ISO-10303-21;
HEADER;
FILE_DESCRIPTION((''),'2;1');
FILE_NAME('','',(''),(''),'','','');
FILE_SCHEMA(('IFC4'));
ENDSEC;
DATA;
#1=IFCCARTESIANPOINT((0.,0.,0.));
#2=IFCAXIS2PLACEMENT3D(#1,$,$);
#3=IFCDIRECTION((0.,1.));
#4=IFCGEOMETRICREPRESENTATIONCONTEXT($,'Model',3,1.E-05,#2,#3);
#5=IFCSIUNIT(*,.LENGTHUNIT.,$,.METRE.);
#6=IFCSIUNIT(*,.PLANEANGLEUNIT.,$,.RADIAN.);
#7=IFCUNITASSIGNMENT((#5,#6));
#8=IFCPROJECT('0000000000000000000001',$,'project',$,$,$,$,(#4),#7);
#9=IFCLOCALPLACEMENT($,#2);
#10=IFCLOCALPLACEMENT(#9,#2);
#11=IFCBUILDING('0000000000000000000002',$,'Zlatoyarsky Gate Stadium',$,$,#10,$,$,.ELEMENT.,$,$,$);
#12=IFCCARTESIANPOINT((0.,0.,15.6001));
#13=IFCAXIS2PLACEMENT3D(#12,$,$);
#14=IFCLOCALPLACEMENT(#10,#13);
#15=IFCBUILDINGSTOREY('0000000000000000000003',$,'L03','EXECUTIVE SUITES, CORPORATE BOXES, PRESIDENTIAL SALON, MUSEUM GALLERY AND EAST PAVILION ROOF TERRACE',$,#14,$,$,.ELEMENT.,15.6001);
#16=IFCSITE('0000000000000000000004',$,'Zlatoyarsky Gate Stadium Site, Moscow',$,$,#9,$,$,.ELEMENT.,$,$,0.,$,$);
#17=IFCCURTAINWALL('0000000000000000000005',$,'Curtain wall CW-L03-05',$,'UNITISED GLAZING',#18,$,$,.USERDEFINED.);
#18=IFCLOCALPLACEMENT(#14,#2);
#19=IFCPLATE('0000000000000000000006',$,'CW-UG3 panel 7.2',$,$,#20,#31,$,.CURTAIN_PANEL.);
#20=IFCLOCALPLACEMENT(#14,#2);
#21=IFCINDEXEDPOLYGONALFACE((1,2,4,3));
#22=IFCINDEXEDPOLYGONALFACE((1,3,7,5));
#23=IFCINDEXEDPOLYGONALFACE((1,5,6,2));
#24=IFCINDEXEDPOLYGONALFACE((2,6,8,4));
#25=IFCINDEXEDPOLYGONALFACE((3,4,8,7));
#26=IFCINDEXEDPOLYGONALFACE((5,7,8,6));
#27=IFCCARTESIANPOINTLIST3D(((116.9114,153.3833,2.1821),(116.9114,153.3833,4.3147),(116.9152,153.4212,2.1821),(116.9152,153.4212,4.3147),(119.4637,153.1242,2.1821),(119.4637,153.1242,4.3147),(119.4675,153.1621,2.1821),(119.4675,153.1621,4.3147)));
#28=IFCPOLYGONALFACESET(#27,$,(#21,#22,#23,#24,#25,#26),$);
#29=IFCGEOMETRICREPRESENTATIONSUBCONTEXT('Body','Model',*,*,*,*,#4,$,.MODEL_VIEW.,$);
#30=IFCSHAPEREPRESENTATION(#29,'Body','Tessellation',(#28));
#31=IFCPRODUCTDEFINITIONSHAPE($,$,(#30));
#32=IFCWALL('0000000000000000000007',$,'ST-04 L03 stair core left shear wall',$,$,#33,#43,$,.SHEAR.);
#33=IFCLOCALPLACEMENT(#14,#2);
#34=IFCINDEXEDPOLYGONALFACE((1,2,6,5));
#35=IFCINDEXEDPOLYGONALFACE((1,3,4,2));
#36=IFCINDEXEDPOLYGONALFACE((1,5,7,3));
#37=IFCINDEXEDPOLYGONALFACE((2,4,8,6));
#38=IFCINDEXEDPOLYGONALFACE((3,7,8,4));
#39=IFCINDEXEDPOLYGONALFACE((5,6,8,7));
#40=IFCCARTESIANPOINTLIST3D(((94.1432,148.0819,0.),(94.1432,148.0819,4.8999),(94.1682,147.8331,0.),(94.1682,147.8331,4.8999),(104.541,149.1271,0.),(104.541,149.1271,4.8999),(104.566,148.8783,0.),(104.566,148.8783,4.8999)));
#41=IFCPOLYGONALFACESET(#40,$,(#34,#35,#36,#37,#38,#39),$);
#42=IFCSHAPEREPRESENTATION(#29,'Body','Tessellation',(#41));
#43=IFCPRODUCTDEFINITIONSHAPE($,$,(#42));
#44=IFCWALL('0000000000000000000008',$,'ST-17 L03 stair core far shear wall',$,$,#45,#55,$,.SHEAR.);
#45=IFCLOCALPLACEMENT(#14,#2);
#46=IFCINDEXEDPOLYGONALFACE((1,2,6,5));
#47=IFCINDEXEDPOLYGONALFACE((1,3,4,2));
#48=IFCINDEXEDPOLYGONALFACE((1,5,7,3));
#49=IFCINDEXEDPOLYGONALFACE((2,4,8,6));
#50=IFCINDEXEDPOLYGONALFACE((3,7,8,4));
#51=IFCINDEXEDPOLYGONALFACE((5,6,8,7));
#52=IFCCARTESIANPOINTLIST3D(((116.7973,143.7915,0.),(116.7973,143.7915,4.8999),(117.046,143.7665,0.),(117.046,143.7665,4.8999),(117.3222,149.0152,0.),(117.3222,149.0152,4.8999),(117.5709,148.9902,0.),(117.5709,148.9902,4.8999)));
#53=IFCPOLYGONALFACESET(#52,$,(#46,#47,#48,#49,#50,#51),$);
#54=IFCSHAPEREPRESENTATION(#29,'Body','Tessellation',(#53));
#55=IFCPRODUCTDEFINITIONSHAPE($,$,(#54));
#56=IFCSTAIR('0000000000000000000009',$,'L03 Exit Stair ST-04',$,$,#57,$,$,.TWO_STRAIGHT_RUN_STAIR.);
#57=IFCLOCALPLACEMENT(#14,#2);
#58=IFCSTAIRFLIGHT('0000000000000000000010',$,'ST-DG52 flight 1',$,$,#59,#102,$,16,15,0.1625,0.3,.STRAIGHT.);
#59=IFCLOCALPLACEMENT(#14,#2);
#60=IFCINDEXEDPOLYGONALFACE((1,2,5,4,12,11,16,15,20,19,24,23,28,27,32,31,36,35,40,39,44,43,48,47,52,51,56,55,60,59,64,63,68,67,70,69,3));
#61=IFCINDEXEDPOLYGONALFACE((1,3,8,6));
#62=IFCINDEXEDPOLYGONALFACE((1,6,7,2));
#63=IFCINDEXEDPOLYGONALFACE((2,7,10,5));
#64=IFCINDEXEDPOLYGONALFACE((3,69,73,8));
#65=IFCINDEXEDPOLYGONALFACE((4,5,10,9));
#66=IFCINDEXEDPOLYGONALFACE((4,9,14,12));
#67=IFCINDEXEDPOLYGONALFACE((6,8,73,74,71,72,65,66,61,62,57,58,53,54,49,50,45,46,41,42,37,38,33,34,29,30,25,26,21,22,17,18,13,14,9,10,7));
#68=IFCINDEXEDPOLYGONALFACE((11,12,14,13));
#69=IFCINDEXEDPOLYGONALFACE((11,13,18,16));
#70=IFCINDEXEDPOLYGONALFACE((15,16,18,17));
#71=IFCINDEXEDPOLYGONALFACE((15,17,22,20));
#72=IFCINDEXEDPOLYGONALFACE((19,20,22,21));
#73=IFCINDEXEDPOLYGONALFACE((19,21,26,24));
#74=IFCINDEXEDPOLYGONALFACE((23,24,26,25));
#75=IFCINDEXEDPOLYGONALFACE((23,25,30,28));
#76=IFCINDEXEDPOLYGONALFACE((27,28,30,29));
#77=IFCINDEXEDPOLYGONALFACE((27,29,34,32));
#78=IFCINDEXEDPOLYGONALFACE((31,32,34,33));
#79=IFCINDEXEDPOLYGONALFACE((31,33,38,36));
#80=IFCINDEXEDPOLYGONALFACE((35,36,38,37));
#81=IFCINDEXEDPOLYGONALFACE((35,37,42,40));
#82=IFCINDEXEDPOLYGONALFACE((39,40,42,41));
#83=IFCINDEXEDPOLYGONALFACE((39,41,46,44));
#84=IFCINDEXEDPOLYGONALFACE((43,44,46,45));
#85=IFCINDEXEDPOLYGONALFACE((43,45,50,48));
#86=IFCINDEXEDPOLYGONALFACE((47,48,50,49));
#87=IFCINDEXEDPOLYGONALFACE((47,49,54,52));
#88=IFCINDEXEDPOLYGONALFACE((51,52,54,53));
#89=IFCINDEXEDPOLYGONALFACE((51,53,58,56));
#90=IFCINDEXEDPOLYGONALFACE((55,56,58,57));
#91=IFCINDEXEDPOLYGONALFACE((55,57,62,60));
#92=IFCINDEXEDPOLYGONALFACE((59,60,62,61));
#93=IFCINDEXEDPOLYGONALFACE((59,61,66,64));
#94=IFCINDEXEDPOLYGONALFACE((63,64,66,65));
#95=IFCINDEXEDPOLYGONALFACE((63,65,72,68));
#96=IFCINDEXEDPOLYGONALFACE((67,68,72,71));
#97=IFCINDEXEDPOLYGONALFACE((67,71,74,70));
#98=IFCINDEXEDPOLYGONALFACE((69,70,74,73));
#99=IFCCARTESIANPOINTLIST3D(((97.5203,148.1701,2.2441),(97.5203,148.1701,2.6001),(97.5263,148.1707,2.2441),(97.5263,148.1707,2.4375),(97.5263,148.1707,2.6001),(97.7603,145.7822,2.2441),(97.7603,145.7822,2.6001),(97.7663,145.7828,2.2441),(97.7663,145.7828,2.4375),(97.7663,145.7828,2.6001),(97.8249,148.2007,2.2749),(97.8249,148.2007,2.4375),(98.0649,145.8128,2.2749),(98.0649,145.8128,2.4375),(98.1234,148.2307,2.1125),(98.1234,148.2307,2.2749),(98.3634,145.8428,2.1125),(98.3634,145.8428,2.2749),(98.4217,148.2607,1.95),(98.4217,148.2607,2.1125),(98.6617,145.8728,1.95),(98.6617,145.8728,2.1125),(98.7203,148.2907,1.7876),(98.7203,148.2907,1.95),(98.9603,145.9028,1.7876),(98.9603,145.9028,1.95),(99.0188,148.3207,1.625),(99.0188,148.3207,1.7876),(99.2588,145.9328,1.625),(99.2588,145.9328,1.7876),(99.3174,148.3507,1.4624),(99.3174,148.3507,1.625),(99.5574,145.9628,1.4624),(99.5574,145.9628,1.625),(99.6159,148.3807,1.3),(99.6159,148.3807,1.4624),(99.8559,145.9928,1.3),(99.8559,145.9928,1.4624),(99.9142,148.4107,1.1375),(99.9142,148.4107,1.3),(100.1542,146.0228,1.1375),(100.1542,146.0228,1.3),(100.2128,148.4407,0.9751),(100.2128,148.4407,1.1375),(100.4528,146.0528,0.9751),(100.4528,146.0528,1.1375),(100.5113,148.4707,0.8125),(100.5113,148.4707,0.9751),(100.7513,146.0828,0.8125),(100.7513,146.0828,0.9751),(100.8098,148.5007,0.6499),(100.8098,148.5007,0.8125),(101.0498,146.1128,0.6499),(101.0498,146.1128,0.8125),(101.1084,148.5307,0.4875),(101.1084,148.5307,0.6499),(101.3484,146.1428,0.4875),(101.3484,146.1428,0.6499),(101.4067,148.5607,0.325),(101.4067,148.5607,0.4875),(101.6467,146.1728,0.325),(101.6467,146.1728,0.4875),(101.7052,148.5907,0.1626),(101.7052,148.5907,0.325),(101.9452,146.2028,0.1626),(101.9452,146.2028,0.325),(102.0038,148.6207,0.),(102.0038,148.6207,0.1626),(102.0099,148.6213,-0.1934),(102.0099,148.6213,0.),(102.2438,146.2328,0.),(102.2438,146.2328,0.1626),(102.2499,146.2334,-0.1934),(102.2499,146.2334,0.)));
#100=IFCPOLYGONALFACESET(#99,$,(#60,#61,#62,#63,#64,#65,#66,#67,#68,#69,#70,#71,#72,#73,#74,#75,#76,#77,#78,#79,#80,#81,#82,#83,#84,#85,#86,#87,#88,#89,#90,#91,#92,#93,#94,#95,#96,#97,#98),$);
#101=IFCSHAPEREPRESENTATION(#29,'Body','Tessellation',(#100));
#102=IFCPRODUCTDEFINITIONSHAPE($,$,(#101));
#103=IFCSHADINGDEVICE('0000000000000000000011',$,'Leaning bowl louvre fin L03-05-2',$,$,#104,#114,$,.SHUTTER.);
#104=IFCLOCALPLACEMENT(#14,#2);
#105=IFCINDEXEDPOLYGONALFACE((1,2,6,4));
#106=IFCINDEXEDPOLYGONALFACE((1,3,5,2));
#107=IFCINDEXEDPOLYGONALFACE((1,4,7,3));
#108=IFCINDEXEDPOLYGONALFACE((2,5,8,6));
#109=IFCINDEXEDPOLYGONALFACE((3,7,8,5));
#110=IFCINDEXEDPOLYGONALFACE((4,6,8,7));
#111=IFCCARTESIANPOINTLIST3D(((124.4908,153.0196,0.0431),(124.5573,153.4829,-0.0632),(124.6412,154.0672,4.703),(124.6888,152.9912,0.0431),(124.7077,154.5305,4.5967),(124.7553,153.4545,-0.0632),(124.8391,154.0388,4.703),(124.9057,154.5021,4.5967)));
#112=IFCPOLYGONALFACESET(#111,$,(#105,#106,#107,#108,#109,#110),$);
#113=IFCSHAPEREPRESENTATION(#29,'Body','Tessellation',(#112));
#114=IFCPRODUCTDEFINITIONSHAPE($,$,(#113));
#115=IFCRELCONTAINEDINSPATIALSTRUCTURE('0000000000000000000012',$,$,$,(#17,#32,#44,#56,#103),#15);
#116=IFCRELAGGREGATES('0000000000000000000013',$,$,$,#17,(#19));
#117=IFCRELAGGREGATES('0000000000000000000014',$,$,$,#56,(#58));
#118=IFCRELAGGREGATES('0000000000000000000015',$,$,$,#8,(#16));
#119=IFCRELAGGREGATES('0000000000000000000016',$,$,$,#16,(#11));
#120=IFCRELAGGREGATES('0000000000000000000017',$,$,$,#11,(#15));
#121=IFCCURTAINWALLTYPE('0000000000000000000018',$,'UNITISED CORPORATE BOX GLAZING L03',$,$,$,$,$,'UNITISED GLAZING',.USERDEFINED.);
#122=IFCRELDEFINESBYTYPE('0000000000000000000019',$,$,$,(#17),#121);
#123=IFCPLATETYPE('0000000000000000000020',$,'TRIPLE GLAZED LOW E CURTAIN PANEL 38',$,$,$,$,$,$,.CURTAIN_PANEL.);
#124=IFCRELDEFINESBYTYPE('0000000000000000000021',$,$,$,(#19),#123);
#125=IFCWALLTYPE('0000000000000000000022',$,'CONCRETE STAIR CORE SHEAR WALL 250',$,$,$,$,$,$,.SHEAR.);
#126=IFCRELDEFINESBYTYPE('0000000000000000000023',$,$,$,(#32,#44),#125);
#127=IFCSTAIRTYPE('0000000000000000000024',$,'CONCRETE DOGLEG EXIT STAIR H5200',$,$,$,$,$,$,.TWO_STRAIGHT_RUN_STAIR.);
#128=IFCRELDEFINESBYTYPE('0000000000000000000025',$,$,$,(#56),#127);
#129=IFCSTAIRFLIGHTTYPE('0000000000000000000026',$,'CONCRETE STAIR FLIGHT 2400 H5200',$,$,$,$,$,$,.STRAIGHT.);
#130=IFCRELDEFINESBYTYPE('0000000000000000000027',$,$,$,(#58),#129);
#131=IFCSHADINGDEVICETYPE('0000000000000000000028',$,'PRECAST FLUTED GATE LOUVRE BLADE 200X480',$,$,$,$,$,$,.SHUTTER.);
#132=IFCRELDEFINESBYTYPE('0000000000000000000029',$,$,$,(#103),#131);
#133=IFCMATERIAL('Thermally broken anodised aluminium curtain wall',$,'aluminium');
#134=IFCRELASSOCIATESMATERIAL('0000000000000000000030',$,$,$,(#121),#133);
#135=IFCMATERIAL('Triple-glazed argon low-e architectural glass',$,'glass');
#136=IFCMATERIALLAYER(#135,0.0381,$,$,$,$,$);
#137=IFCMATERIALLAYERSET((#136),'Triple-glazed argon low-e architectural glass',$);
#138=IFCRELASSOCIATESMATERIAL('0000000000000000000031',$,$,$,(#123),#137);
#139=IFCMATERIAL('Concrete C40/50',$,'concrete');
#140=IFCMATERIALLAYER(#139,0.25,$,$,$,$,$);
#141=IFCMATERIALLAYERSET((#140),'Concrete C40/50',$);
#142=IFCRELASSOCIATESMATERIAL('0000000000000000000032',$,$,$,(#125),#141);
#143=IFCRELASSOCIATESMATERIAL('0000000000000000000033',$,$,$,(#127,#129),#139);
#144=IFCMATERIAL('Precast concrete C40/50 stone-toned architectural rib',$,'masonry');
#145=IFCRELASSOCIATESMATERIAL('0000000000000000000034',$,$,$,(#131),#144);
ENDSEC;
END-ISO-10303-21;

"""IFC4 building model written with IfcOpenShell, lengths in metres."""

from ifc_helpers import new_model, si_unit, direction, frame, frame_2d, origin, origin_2d, place, context, subcontext, project, spatial, polyline, rectangle, outline, extrude, material, layer, layer_set, material_profile, profile_set, type_object, element, aggregate, save


model = new_model("IFC4")

# Units and contexts
model_context = context("Model", 3, precision=1e-05, world=origin(), true_north=direction((0.0, 1.0)))
body_context = subcontext(model_context, "Body", "Model", "MODEL_VIEW")
ifc_project = project(units=[si_unit("LENGTHUNIT", "METRE"), si_unit("PLANEANGLEUNIT", "RADIAN")], contexts=[model_context])

# Site, building, storey
site_placement = place(None, origin())
site = spatial("IfcSite", under=ifc_project, at=site_placement, Name="Zlatoyarsky Gate Stadium Site, Moscow", CompositionType="ELEMENT", RefElevation=0.0)
building_placement = place(site_placement, origin())
building = spatial("IfcBuilding", under=site, at=building_placement, Name="Zlatoyarsky Gate Stadium", CompositionType="ELEMENT")
storey_placement = place(building_placement, frame((0.0, 0.0, 15.6001)))
storey = spatial("IfcBuildingStorey", under=building, at=storey_placement, Name="L03", Description="EXECUTIVE SUITES, CORPORATE BOXES, PRESIDENTIAL SALON, MUSEUM GALLERY AND EAST PAVILION ROOF TERRACE", CompositionType="ELEMENT", Elevation=15.6001)

# Curtain wall
ifc_material_1 = material(Name="Thermally broken anodised aluminium curtain wall", Category="aluminium")
curtain_wall_type_1 = type_object("IfcCurtainWallType", Name="UNITISED CORPORATE BOX GLAZING L03", ElementType="UNITISED GLAZING", PredefinedType="USERDEFINED", material=ifc_material_1)
curtain_wall_1_placement = place(storey_placement, origin())
curtain_wall_1 = element("IfcCurtainWall", 1, at=curtain_wall_1_placement, inside=storey, type_object=curtain_wall_type_1, Name="Curtain wall CW-L03-05", ObjectType="UNITISED GLAZING", PredefinedType="USERDEFINED")

# Shared definitions
ifc_material_2 = material(Name="Triple-glazed argon low-e architectural glass", Category="glass")

# Plate
ifc_layer_1 = layer(ifc_material_2, 0.0381)
ifc_layer_set_1 = layer_set([ifc_layer_1], Name="Triple-glazed argon low-e architectural glass")
plate_type_1 = type_object("IfcPlateType", Name="TRIPLE GLAZED LOW E CURTAIN PANEL 38", PredefinedType="CURTAIN_PANEL", material=ifc_layer_set_1)
plate_1_placement = place(storey_placement, frame((118.1895, 153.2727, 2.1821), z_axis=(0.0, 0.0, 1.0), x_axis=(-0.99489, 0.100968, 0.0)))
plate_1 = element("IfcPlate", 2, at=plate_1_placement, type_object=plate_type_1, Name="CW-UG3 panel 7.2", PredefinedType="CURTAIN_PANEL", context=body_context, shape_type="SweptSolid", body=[
    extrude(rectangle(XDim=2.5654, YDim=0.0381, at=origin_2d()), origin(), (0.0, 0.0, 1.0), 2.1326),
])
aggregate(curtain_wall_1, [plate_1])

# Walls
ifc_material_3 = material(Name="Concrete C40/50", Category="concrete")
ifc_layer_2 = layer(ifc_material_3, 0.25)
ifc_layer_set_2 = layer_set([ifc_layer_2], Name="Concrete C40/50")
wall_type = type_object("IfcWallType", Name="CONCRETE STAIR CORE SHEAR WALL 250", PredefinedType="SHEAR", material=ifc_layer_set_2)
wall_1_placement = place(storey_placement, frame((104.5535, 149.0027, 0.0), z_axis=(0.0, 0.0, 1.0), x_axis=(-0.994986, -0.100015, 0.0)))
element("IfcWall", 3, at=wall_1_placement, inside=storey, type_object=wall_type, Name="ST-04 L03 stair core left shear wall", PredefinedType="SHEAR", context=body_context, shape_type="SweptSolid", body=[
    extrude(rectangle(XDim=10.4502, YDim=0.25, at=frame_2d((5.2251, 0.0))), origin(), (0.0, 0.0, 1.0), 4.8999),
])
wall_2_placement = place(storey_placement, frame((117.4465, 149.0027, 0.0), z_axis=(0.0, 0.0, 1.0), x_axis=(-0.099983, -0.994989, 0.0)))
element("IfcWall", 4, at=wall_2_placement, inside=storey, type_object=wall_type, Name="ST-17 L03 stair core far shear wall", PredefinedType="SHEAR", context=body_context, shape_type="SweptSolid", body=[
    extrude(rectangle(XDim=5.25, YDim=0.25, at=frame_2d((2.625, 0.0))), origin(), (0.0, 0.0, 1.0), 4.8999),
])

# Stair, stair flight
stair_type = type_object("IfcStairType", Name="CONCRETE DOGLEG EXIT STAIR H5200", PredefinedType="TWO_STRAIGHT_RUN_STAIR", material=ifc_material_3)
stair_placement = place(storey_placement, origin())
stair = element("IfcStair", 5, at=stair_placement, inside=storey, type_object=stair_type, Name="L03 Exit Stair ST-04", PredefinedType="TWO_STRAIGHT_RUN_STAIR")
stair_flight_type = type_object("IfcStairFlightType", Name="CONCRETE STAIR FLIGHT 2400 H5200", PredefinedType="STRAIGHT", material=ifc_material_3)
stair_flight_placement = place(storey_placement, frame((102.1238, 147.4268, 0.0), z_axis=(0.0, 0.0, 1.0), x_axis=(-0.994987, -0.100006, 0.0)))
stair_flight = element("IfcStairFlight", 6, at=stair_flight_placement, type_object=stair_flight_type, Name="ST-DG52 flight 1", NumberOfRisers=16, NumberOfTreads=15, PredefinedType="STRAIGHT", RiserHeight=0.1625, TreadLength=0.3, context=body_context, shape_type="SweptSolid", body=[
    extrude(outline(polyline([(-0.0061, -0.1934), (-0.0061, 0.0), (0.0, 0.0), (0.0, 0.1626), (0.3, 0.1626), (0.3, 0.325), (0.6001, 0.325), (0.6001, 0.4875), (0.8999, 0.4875), (0.8999, 0.6499), (1.2, 0.6499), (1.2, 0.8125), (1.5, 0.8125), (1.5, 0.9751), (1.8, 0.9751), (1.8, 1.1375), (2.1001, 1.1375), (2.1001, 1.3), (2.3999, 1.3), (2.3999, 1.4624), (2.7, 1.4624), (2.7, 1.625), (3.0, 1.625), (3.0, 1.7876), (3.3, 1.7876), (3.3, 1.95), (3.6001, 1.95), (3.6001, 2.1125), (3.8999, 2.1125), (3.8999, 2.2749), (4.2, 2.2749), (4.2, 2.4375), (4.5, 2.4375), (4.5, 2.6001), (4.5061, 2.6001), (4.5061, 2.2441), (4.5, 2.2441), (-0.0061, -0.1934)])), frame((0.0, 1.2, 0.0), z_axis=(0.0, -1.0, 0.0), x_axis=(1.0, 0.0, 0.0)), (0.0, 0.0, 1.0), 2.3999),
])
aggregate(stair, [stair_flight])

# Shading device
ifc_material_4 = material(Name="Precast concrete C40/50 stone-toned architectural rib", Category="masonry")
ifc_material_profile_1 = material_profile(ifc_material_4, rectangle(XDim=0.2, YDim=0.48, at=origin_2d()), Name="RIB 200X480")
ifc_profile_set_1 = profile_set([ifc_material_profile_1], Name="Precast concrete C40/50 stone-toned architectural rib")
shading_device_type = type_object("IfcShadingDeviceType", Name="PRECAST FLUTED GATE LOUVRE BLADE 200X480", PredefinedType="SHUTTER", material=ifc_profile_set_1)
shading_device_placement = place(storey_placement, frame((124.623, 153.2371, -0.01), z_axis=(0.031472, 0.21923, 0.975166), x_axis=(-0.989852, 0.1421, 0.0)))
element("IfcShadingDevice", 7, at=shading_device_placement, inside=storey, type_object=shading_device_type, Name="Leaning bowl louvre fin L03-05-2", PredefinedType="SHUTTER", context=body_context, shape_type="SweptSolid", body=[
    extrude(rectangle(XDim=0.2, YDim=0.48, at=origin_2d()), origin(), (0.0, 0.0, 1.0), 4.7786),
])

save(model, "model.ifc")
